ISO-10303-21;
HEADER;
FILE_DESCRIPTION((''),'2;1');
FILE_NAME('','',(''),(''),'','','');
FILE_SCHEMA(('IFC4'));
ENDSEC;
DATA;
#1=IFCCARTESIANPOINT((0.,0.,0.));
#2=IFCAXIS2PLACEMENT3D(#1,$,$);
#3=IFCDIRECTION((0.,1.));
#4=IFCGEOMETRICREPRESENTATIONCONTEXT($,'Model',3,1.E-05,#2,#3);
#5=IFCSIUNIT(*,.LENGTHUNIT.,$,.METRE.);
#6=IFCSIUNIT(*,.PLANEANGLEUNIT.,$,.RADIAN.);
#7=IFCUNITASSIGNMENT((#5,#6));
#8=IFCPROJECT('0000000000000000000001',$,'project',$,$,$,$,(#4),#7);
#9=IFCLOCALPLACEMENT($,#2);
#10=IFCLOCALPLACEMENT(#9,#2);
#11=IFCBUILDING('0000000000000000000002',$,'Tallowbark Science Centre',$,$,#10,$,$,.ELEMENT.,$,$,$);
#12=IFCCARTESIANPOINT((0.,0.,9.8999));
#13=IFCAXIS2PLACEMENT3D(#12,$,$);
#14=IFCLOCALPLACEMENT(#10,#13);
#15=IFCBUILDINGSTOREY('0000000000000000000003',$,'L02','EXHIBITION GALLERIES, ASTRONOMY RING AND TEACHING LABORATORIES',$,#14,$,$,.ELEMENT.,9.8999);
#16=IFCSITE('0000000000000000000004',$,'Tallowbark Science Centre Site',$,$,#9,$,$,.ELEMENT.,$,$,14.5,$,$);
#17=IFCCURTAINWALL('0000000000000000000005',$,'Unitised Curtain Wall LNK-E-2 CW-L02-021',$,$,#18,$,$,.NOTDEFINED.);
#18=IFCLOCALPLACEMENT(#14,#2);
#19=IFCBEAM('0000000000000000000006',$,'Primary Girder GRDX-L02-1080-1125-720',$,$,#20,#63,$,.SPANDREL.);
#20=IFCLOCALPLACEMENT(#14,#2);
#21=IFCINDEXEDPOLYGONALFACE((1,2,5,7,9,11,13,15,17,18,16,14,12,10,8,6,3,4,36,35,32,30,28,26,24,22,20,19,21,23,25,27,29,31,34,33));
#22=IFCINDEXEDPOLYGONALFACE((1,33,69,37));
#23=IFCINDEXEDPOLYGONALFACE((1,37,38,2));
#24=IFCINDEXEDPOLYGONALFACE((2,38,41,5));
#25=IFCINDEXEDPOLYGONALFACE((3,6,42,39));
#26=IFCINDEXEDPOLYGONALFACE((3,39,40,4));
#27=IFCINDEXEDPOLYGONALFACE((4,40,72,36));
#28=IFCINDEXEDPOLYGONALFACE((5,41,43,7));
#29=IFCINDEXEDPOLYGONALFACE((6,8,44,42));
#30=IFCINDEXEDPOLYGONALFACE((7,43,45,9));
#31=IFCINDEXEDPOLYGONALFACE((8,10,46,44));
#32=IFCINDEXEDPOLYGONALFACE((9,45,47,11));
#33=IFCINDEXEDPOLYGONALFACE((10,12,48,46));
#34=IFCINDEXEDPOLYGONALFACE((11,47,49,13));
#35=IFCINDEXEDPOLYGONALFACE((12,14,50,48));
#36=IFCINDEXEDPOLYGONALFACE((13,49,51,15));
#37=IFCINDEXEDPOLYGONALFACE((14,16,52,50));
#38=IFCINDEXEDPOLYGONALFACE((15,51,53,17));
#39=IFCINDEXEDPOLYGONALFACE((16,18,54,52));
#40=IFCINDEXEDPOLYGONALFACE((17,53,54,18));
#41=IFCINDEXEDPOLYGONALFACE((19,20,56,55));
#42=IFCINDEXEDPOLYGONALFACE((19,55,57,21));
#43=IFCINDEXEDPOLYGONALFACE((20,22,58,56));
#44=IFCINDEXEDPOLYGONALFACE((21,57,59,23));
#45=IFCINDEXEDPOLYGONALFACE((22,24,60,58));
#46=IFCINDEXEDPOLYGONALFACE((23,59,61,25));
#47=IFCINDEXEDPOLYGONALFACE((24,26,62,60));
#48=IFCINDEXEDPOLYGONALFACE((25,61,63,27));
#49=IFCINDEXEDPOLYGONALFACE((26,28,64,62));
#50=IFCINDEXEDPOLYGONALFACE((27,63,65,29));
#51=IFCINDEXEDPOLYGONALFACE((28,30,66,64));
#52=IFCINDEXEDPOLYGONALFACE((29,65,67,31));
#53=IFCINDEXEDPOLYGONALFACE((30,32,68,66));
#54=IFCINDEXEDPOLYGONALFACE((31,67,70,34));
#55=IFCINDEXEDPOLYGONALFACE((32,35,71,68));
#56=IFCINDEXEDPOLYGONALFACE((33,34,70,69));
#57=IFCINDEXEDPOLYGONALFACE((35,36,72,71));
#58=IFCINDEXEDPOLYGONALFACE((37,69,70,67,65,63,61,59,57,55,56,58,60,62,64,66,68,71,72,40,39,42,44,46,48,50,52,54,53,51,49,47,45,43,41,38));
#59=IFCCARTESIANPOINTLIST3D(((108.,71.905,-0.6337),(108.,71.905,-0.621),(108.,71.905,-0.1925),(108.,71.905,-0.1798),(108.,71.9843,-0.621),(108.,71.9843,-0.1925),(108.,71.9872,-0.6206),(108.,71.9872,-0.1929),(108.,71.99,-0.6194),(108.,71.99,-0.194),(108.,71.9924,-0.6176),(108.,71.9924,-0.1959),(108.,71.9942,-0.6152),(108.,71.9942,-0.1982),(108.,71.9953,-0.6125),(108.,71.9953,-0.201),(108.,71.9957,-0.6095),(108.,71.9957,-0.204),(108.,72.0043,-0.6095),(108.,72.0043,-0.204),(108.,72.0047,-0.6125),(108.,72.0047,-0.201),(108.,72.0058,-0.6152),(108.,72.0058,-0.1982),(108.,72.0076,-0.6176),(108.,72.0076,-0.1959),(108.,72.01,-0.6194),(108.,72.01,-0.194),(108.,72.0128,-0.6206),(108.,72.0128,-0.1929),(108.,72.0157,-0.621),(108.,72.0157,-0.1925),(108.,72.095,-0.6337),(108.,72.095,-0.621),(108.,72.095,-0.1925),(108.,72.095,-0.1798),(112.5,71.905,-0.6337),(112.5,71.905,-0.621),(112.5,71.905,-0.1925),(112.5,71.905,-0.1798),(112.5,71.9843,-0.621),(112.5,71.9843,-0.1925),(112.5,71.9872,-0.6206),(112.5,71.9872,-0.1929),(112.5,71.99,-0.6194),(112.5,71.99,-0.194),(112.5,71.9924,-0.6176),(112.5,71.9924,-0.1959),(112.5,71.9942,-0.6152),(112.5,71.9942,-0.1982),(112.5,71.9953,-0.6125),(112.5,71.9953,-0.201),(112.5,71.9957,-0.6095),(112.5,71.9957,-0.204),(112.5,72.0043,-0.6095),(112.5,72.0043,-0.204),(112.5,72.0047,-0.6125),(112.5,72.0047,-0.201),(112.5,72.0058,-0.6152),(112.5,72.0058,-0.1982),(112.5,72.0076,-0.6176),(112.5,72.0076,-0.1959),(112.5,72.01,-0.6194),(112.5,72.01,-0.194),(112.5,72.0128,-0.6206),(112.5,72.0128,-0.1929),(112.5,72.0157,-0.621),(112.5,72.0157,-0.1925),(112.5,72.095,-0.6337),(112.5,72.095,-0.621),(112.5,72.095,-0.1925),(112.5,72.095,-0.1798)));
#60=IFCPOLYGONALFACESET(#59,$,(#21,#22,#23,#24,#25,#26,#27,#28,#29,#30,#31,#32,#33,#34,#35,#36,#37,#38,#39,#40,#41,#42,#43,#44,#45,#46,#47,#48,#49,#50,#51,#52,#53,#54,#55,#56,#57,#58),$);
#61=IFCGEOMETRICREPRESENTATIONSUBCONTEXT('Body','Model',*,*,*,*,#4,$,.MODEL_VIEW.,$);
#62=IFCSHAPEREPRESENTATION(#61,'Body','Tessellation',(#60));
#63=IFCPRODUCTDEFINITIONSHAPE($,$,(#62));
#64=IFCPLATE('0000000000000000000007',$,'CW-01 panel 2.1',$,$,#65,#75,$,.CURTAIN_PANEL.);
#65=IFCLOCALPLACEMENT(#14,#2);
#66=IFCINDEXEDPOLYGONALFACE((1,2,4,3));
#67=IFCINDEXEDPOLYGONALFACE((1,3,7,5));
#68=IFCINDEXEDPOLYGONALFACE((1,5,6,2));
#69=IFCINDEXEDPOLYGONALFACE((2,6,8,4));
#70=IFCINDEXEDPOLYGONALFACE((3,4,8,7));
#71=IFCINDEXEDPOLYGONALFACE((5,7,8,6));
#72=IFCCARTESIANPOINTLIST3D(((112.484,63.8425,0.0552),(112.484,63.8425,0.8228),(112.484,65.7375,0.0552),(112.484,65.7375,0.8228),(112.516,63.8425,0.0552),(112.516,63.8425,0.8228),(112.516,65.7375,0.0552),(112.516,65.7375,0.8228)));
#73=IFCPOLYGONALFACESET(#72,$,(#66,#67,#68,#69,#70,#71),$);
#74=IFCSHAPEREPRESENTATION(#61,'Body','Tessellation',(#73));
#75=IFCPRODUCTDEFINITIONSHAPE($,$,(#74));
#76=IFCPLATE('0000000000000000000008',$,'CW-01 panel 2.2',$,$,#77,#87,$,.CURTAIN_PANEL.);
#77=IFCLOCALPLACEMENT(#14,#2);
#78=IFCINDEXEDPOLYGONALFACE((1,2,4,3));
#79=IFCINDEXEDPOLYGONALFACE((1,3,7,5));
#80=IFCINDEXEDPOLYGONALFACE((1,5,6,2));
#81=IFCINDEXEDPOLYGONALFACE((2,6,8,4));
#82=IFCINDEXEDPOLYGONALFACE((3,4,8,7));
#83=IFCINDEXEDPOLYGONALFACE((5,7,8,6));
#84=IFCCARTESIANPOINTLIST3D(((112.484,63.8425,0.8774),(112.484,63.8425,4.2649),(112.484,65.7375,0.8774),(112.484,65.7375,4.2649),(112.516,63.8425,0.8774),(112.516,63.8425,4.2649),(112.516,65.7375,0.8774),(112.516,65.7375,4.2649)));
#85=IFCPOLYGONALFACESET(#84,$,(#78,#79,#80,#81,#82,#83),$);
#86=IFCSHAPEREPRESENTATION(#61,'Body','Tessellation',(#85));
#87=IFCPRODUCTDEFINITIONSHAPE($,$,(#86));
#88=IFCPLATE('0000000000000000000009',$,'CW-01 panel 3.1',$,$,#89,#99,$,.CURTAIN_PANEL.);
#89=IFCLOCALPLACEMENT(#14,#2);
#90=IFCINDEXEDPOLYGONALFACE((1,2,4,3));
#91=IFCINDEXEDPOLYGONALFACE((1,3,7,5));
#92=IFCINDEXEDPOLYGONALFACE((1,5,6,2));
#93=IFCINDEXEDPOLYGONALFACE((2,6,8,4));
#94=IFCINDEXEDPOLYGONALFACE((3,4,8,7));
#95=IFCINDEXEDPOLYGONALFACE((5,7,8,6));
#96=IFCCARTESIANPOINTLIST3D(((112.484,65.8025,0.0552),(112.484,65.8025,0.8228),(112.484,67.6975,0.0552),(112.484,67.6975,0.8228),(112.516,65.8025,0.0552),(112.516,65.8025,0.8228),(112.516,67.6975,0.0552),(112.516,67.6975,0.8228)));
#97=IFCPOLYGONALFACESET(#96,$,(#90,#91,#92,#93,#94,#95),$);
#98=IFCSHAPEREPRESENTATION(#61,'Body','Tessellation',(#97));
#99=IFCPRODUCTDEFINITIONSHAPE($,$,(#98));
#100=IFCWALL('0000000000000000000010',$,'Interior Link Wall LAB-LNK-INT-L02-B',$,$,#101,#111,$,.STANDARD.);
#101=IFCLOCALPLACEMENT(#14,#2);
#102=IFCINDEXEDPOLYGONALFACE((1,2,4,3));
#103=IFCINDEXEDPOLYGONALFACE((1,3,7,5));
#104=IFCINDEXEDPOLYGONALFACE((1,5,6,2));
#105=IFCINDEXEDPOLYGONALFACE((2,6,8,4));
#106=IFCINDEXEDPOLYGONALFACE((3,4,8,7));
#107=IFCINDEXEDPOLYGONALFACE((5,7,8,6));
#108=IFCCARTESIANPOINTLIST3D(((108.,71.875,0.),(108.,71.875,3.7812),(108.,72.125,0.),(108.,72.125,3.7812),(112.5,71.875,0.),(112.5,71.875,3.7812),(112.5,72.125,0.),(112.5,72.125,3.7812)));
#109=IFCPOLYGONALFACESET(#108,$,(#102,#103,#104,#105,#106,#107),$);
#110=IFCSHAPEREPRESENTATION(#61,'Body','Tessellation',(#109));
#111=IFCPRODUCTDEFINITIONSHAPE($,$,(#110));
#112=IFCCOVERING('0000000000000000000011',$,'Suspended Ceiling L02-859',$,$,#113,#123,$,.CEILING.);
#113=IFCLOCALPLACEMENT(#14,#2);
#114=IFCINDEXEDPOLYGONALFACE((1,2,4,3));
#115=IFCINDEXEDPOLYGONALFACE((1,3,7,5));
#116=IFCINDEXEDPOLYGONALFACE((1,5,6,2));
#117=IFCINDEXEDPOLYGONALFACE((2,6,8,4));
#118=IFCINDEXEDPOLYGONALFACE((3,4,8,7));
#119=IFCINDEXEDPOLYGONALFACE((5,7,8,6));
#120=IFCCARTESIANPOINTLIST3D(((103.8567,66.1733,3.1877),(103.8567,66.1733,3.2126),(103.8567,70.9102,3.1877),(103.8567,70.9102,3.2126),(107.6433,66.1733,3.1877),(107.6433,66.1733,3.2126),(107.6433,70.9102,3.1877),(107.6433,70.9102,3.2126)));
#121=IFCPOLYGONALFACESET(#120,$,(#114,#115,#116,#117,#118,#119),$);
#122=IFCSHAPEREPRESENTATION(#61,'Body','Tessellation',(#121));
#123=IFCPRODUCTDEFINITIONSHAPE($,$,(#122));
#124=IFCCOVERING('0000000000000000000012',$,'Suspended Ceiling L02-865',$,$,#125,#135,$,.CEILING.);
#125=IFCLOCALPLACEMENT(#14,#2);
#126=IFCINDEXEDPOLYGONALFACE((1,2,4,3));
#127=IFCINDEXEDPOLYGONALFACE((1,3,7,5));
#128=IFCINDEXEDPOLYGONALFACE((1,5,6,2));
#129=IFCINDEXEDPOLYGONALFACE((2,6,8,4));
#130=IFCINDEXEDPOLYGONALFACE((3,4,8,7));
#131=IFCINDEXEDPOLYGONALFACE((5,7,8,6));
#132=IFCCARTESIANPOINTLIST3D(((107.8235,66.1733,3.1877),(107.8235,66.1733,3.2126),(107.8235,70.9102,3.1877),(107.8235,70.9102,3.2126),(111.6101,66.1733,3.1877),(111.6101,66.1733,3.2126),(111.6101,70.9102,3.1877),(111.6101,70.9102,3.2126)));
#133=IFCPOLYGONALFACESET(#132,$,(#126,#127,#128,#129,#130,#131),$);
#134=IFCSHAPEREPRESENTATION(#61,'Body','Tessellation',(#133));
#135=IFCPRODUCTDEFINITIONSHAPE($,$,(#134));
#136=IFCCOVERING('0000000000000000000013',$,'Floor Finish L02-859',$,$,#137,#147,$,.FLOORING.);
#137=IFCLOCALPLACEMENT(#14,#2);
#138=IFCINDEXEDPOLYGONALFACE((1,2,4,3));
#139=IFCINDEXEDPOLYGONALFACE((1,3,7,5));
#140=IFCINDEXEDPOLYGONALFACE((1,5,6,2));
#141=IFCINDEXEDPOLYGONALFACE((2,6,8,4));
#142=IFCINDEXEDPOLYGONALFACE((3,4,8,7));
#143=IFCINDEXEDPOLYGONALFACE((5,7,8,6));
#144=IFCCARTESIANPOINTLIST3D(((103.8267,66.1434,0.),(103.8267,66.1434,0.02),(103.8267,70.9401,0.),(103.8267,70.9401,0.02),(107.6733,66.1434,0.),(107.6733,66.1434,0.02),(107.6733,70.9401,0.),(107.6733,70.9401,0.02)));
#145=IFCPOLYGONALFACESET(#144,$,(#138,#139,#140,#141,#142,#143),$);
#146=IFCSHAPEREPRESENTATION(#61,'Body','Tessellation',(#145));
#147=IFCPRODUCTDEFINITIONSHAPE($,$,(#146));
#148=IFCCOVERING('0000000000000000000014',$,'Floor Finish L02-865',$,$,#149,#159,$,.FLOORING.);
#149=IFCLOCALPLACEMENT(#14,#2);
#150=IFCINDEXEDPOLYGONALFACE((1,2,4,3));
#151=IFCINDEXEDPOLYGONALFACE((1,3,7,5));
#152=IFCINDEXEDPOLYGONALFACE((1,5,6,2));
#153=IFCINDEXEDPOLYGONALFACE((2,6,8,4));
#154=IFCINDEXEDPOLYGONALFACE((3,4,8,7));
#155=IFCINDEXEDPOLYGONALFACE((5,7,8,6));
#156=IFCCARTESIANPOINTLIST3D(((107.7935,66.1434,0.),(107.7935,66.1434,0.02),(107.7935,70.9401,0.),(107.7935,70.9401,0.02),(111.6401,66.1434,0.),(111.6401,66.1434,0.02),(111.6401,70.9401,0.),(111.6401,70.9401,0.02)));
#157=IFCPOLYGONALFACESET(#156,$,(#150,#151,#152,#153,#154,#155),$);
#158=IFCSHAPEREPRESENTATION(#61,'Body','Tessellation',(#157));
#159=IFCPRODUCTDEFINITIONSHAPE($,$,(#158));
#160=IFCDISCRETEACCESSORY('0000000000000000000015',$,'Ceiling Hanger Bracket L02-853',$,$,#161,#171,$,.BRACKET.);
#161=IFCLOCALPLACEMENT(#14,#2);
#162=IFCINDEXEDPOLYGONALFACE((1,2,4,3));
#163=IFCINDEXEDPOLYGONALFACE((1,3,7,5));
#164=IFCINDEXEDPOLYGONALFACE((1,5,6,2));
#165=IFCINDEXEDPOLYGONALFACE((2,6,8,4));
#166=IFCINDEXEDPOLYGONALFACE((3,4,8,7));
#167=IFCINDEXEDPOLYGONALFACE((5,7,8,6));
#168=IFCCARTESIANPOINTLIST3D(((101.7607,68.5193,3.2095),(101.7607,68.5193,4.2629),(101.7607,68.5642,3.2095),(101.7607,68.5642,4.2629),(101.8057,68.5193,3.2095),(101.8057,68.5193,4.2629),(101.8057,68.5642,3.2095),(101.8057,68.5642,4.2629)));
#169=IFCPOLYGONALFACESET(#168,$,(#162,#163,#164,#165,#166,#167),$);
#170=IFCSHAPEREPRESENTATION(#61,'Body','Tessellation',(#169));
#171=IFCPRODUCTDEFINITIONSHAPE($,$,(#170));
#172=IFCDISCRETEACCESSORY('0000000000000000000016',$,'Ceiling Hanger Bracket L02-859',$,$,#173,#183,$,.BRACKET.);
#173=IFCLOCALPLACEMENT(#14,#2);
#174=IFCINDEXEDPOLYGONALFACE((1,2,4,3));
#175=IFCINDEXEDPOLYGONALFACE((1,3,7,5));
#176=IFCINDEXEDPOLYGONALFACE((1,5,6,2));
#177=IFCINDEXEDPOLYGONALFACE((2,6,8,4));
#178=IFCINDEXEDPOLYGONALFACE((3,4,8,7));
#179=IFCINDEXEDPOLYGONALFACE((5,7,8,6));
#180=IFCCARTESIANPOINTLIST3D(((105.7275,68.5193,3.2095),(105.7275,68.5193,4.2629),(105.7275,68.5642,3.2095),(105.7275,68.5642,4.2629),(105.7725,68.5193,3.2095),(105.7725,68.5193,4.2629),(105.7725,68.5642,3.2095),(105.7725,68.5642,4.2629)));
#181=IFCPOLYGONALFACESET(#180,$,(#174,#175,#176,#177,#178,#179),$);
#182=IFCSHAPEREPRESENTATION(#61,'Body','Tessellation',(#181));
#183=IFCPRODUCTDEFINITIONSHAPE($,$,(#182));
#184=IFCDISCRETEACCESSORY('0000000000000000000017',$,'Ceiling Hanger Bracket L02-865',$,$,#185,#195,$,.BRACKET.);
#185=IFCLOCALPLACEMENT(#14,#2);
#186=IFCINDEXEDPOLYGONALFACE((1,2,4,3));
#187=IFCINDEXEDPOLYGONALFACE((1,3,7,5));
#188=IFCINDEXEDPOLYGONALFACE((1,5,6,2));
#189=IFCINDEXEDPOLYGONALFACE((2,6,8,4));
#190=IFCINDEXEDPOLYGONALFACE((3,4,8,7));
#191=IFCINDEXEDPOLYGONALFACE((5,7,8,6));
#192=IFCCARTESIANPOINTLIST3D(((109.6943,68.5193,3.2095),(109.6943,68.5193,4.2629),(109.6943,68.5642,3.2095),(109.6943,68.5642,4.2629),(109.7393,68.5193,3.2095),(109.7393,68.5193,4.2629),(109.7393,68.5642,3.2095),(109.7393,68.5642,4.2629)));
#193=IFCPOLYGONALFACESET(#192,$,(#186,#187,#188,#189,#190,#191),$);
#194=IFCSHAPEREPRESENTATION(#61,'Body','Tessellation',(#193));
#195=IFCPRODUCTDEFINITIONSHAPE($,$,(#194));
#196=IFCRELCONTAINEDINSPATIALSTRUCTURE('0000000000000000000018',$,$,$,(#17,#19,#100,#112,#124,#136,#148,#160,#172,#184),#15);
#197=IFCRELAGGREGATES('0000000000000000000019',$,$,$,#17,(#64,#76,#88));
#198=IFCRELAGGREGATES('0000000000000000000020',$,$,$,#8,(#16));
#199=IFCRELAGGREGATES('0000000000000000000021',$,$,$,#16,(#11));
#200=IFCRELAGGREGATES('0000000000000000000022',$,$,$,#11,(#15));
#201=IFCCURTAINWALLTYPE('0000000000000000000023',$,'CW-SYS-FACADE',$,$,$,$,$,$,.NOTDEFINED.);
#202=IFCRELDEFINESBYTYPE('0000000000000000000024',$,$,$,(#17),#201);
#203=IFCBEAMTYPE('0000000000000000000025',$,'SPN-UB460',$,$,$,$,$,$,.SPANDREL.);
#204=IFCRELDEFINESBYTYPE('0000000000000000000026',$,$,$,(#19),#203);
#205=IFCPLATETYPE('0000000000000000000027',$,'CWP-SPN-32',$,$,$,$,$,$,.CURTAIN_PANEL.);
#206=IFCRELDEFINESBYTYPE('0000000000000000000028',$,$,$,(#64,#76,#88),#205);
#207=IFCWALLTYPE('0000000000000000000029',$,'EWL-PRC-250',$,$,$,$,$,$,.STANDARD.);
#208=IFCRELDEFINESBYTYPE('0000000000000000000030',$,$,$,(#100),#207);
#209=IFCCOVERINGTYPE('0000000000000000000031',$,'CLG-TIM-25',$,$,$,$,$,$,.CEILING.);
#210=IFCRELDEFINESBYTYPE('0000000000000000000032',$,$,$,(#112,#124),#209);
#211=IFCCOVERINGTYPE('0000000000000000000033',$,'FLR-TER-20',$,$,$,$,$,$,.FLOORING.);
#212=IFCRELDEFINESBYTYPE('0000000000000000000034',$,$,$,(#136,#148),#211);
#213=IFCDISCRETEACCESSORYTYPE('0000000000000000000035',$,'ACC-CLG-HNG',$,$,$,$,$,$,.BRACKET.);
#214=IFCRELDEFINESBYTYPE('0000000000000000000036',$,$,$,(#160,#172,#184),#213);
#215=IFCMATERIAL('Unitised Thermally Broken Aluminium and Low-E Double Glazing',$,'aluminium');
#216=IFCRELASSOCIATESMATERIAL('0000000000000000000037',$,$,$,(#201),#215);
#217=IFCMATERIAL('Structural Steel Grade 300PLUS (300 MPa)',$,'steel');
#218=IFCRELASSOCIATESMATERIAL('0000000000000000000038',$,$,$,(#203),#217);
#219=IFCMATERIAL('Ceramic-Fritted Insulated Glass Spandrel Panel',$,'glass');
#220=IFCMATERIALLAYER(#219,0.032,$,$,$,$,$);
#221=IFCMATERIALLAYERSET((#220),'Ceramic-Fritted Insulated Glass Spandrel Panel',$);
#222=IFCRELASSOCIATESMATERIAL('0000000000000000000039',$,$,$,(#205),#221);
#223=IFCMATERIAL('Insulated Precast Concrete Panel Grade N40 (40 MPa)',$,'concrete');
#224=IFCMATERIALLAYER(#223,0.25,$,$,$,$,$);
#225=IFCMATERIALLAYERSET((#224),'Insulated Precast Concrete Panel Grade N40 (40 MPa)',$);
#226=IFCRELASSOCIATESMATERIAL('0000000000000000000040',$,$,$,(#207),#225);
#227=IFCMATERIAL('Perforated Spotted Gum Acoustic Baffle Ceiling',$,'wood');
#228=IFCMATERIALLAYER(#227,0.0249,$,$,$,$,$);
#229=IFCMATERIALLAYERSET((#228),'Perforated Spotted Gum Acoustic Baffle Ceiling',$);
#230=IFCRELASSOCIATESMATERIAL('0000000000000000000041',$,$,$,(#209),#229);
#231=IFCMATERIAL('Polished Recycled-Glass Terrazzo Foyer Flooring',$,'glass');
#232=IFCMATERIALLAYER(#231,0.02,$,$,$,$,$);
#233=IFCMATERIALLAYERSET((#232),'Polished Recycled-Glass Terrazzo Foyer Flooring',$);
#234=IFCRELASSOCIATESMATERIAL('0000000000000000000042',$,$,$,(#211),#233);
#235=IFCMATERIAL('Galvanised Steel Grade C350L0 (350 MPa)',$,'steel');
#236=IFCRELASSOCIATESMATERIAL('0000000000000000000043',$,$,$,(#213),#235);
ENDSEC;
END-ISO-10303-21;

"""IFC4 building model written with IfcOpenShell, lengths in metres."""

from ifc_helpers import new_model, si_unit, direction, frame, frame_2d, origin, origin_2d, place, context, subcontext, project, spatial, rectangle, i_section, extrude, material, layer, layer_set, material_profile, profile_set, type_object, element, aggregate, save


model = new_model("IFC4")

# Units and contexts
model_context = context("Model", 3, precision=1e-05, world=origin(), true_north=direction((0.0, 1.0)))
body_context = subcontext(model_context, "Body", "Model", "MODEL_VIEW")
ifc_project = project(units=[si_unit("LENGTHUNIT", "METRE"), si_unit("PLANEANGLEUNIT", "RADIAN")], contexts=[model_context])

# Site, building, storey
site_placement = place(None, origin())
site = spatial("IfcSite", under=ifc_project, at=site_placement, Name="Tallowbark Science Centre Site", CompositionType="ELEMENT", RefElevation=14.5)
building_placement = place(site_placement, origin())
building = spatial("IfcBuilding", under=site, at=building_placement, Name="Tallowbark Science Centre", CompositionType="ELEMENT")
storey_placement = place(building_placement, frame((0.0, 0.0, 9.8999)))
storey = spatial("IfcBuildingStorey", under=building, at=storey_placement, Name="L02", Description="EXHIBITION GALLERIES, ASTRONOMY RING AND TEACHING LABORATORIES", CompositionType="ELEMENT", Elevation=9.8999)

# Shared definitions
ifc_material_1 = material(Name="Structural Steel Grade 300PLUS (300 MPa)", Category="steel")

# Curtain wall
ifc_material_2 = material(Name="Unitised Thermally Broken Aluminium and Low-E Double Glazing", Category="aluminium")
curtain_wall_type = type_object("IfcCurtainWallType", Name="CW-SYS-FACADE", PredefinedType="NOTDEFINED", material=ifc_material_2)
curtain_wall_placement = place(storey_placement, origin())
curtain_wall = element("IfcCurtainWall", 1, at=curtain_wall_placement, inside=storey, type_object=curtain_wall_type, Name="Unitised Curtain Wall LNK-E-2 CW-L02-021", PredefinedType="NOTDEFINED")

# Beam
ifc_material_profile_1 = material_profile(ifc_material_1, i_section(OverallWidth=0.1899, OverallDepth=0.4539, WebThickness=0.0085, FlangeThickness=0.0127, FilletRadius=0.0115, at=origin_2d()), Name="460UB67.1")
ifc_profile_set_1 = profile_set([ifc_material_profile_1], Name="Structural Steel Grade 300PLUS (300 MPa)")
beam_type_1 = type_object("IfcBeamType", Name="SPN-UB460", PredefinedType="SPANDREL", material=ifc_profile_set_1)
beam_1_placement = place(storey_placement, frame((108.0, 72.0, -0.4067), z_axis=(1.0, 0.0, 0.0), x_axis=(0.0, 1.0, 0.0)))
element("IfcBeam", 2, at=beam_1_placement, inside=storey, type_object=beam_type_1, Name="Primary Girder GRDX-L02-1080-1125-720", PredefinedType="SPANDREL", context=body_context, shape_type="SweptSolid", body=[
    extrude(i_section(OverallWidth=0.1899, OverallDepth=0.4539, WebThickness=0.0085, FlangeThickness=0.0127, FilletRadius=0.0115, at=origin_2d()), origin(), (0.0, 0.0, 1.0), 4.5),
])

# Plates
ifc_material_3 = material(Name="Ceramic-Fritted Insulated Glass Spandrel Panel", Category="glass")
ifc_layer_1 = layer(ifc_material_3, 0.032)
ifc_layer_set_1 = layer_set([ifc_layer_1], Name="Ceramic-Fritted Insulated Glass Spandrel Panel")
plate_type = type_object("IfcPlateType", Name="CWP-SPN-32", PredefinedType="CURTAIN_PANEL", material=ifc_layer_set_1)
plate_1_placement = place(storey_placement, frame((112.5, 64.79, 0.0552), z_axis=(0.0, 0.0, 1.0), x_axis=(0.0, 1.0, 0.0)))
plate_1 = element("IfcPlate", 3, at=plate_1_placement, type_object=plate_type, Name="CW-01 panel 2.1", PredefinedType="CURTAIN_PANEL", context=body_context, shape_type="SweptSolid", body=[
    extrude(rectangle(XDim=1.895, YDim=0.032, at=origin_2d()), origin(), (0.0, 0.0, 1.0), 0.7676),
])
plate_2_placement = place(storey_placement, frame((112.5, 64.79, 0.8774), z_axis=(0.0, 0.0, 1.0), x_axis=(0.0, 1.0, 0.0)))
plate_2 = element("IfcPlate", 4, at=plate_2_placement, type_object=plate_type, Name="CW-01 panel 2.2", PredefinedType="CURTAIN_PANEL", context=body_context, shape_type="SweptSolid", body=[
    extrude(rectangle(XDim=1.895, YDim=0.032, at=origin_2d()), origin(), (0.0, 0.0, 1.0), 3.3875),
])
plate_3_placement = place(storey_placement, frame((112.5, 66.75, 0.0552), z_axis=(0.0, 0.0, 1.0), x_axis=(0.0, 1.0, 0.0)))
plate_3 = element("IfcPlate", 5, at=plate_3_placement, type_object=plate_type, Name="CW-01 panel 3.1", PredefinedType="CURTAIN_PANEL", context=body_context, shape_type="SweptSolid", body=[
    extrude(rectangle(XDim=1.895, YDim=0.032, at=origin_2d()), origin(), (0.0, 0.0, 1.0), 0.7676),
])
aggregate(curtain_wall, [plate_1, plate_2, plate_3])

# Wall
ifc_material_4 = material(Name="Insulated Precast Concrete Panel Grade N40 (40 MPa)", Category="concrete")
ifc_layer_2 = layer(ifc_material_4, 0.25)
ifc_layer_set_2 = layer_set([ifc_layer_2], Name="Insulated Precast Concrete Panel Grade N40 (40 MPa)")
wall_type = type_object("IfcWallType", Name="EWL-PRC-250", PredefinedType="STANDARD", material=ifc_layer_set_2)
wall_placement = place(storey_placement, frame((108.0, 72.0, 0.0), z_axis=(0.0, 0.0, 1.0), x_axis=(1.0, 0.0, 0.0)))
element("IfcWall", 6, at=wall_placement, inside=storey, type_object=wall_type, Name="Interior Link Wall LAB-LNK-INT-L02-B", PredefinedType="STANDARD", context=body_context, shape_type="SweptSolid", body=[
    extrude(rectangle(XDim=4.5, YDim=0.25, at=frame_2d((2.25, 0.0))), origin(), (0.0, 0.0, 1.0), 3.7812),
])

# Coverings
ifc_material_5 = material(Name="Perforated Spotted Gum Acoustic Baffle Ceiling", Category="wood")
ifc_layer_3 = layer(ifc_material_5, 0.0249)
ifc_layer_set_3 = layer_set([ifc_layer_3], Name="Perforated Spotted Gum Acoustic Baffle Ceiling")
covering_type_1 = type_object("IfcCoveringType", Name="CLG-TIM-25", PredefinedType="CEILING", material=ifc_layer_set_3)
for number, where, z_axis, x_axis, name in (
    (7, (105.75, 68.5417, 3.1877), (0.0, 0.0, 1.0), (1.0, 0.0, 0.0), "Suspended Ceiling L02-859"),
    (8, (109.7168, 68.5417, 3.1877), (0.0, 0.0, 1.0), (1.0, 0.0, 0.0), "Suspended Ceiling L02-865"),
):
    element("IfcCovering", number, at=place(storey_placement, frame(where, z_axis=z_axis, x_axis=x_axis)), inside=storey, type_object=covering_type_1, Name=name, PredefinedType="CEILING", context=body_context, shape_type="SweptSolid", body=[
        extrude(rectangle(XDim=3.7866, YDim=4.7368, at=origin_2d()), origin(), (0.0, 0.0, 1.0), 0.0249),
    ])
ifc_material_6 = material(Name="Polished Recycled-Glass Terrazzo Foyer Flooring", Category="glass")
ifc_layer_4 = layer(ifc_material_6, 0.02)
ifc_layer_set_4 = layer_set([ifc_layer_4], Name="Polished Recycled-Glass Terrazzo Foyer Flooring")
covering_type_2 = type_object("IfcCoveringType", Name="FLR-TER-20", PredefinedType="FLOORING", material=ifc_layer_set_4)
for number, where, z_axis, x_axis, name in (
    (9, (105.75, 68.5417, 0.0), (0.0, 0.0, 1.0), (1.0, 0.0, 0.0), "Floor Finish L02-859"),
    (10, (109.7168, 68.5417, 0.0), (0.0, 0.0, 1.0), (1.0, 0.0, 0.0), "Floor Finish L02-865"),
):
    element("IfcCovering", number, at=place(storey_placement, frame(where, z_axis=z_axis, x_axis=x_axis)), inside=storey, type_object=covering_type_2, Name=name, PredefinedType="FLOORING", context=body_context, shape_type="SweptSolid", body=[
        extrude(rectangle(XDim=3.8467, YDim=4.7966, at=origin_2d()), origin(), (0.0, 0.0, 1.0), 0.02),
    ])

# Discrete accessories
ifc_material_7 = material(Name="Galvanised Steel Grade C350L0 (350 MPa)", Category="steel")
discrete_accessory_type = type_object("IfcDiscreteAccessoryType", Name="ACC-CLG-HNG", PredefinedType="BRACKET", material=ifc_material_7)
for number, where, z_axis, x_axis, name in (
    (11, (101.7832, 68.5417, 3.2095), (0.0, 0.0, 1.0), (1.0, 0.0, 0.0), "Ceiling Hanger Bracket L02-853"),
    (12, (105.75, 68.5417, 3.2095), (0.0, 0.0, 1.0), (1.0, 0.0, 0.0), "Ceiling Hanger Bracket L02-859"),
    (13, (109.7168, 68.5417, 3.2095), (0.0, 0.0, 1.0), (1.0, 0.0, 0.0), "Ceiling Hanger Bracket L02-865"),
):
    element("IfcDiscreteAccessory", number, at=place(storey_placement, frame(where, z_axis=z_axis, x_axis=x_axis)), inside=storey, type_object=discrete_accessory_type, Name=name, PredefinedType="BRACKET", context=body_context, shape_type="SweptSolid", body=[
        extrude(rectangle(XDim=0.0449, YDim=0.0449, at=origin_2d()), origin(), (0.0, 0.0, 1.0), 1.0535),
    ])

save(model, "model.ifc")
